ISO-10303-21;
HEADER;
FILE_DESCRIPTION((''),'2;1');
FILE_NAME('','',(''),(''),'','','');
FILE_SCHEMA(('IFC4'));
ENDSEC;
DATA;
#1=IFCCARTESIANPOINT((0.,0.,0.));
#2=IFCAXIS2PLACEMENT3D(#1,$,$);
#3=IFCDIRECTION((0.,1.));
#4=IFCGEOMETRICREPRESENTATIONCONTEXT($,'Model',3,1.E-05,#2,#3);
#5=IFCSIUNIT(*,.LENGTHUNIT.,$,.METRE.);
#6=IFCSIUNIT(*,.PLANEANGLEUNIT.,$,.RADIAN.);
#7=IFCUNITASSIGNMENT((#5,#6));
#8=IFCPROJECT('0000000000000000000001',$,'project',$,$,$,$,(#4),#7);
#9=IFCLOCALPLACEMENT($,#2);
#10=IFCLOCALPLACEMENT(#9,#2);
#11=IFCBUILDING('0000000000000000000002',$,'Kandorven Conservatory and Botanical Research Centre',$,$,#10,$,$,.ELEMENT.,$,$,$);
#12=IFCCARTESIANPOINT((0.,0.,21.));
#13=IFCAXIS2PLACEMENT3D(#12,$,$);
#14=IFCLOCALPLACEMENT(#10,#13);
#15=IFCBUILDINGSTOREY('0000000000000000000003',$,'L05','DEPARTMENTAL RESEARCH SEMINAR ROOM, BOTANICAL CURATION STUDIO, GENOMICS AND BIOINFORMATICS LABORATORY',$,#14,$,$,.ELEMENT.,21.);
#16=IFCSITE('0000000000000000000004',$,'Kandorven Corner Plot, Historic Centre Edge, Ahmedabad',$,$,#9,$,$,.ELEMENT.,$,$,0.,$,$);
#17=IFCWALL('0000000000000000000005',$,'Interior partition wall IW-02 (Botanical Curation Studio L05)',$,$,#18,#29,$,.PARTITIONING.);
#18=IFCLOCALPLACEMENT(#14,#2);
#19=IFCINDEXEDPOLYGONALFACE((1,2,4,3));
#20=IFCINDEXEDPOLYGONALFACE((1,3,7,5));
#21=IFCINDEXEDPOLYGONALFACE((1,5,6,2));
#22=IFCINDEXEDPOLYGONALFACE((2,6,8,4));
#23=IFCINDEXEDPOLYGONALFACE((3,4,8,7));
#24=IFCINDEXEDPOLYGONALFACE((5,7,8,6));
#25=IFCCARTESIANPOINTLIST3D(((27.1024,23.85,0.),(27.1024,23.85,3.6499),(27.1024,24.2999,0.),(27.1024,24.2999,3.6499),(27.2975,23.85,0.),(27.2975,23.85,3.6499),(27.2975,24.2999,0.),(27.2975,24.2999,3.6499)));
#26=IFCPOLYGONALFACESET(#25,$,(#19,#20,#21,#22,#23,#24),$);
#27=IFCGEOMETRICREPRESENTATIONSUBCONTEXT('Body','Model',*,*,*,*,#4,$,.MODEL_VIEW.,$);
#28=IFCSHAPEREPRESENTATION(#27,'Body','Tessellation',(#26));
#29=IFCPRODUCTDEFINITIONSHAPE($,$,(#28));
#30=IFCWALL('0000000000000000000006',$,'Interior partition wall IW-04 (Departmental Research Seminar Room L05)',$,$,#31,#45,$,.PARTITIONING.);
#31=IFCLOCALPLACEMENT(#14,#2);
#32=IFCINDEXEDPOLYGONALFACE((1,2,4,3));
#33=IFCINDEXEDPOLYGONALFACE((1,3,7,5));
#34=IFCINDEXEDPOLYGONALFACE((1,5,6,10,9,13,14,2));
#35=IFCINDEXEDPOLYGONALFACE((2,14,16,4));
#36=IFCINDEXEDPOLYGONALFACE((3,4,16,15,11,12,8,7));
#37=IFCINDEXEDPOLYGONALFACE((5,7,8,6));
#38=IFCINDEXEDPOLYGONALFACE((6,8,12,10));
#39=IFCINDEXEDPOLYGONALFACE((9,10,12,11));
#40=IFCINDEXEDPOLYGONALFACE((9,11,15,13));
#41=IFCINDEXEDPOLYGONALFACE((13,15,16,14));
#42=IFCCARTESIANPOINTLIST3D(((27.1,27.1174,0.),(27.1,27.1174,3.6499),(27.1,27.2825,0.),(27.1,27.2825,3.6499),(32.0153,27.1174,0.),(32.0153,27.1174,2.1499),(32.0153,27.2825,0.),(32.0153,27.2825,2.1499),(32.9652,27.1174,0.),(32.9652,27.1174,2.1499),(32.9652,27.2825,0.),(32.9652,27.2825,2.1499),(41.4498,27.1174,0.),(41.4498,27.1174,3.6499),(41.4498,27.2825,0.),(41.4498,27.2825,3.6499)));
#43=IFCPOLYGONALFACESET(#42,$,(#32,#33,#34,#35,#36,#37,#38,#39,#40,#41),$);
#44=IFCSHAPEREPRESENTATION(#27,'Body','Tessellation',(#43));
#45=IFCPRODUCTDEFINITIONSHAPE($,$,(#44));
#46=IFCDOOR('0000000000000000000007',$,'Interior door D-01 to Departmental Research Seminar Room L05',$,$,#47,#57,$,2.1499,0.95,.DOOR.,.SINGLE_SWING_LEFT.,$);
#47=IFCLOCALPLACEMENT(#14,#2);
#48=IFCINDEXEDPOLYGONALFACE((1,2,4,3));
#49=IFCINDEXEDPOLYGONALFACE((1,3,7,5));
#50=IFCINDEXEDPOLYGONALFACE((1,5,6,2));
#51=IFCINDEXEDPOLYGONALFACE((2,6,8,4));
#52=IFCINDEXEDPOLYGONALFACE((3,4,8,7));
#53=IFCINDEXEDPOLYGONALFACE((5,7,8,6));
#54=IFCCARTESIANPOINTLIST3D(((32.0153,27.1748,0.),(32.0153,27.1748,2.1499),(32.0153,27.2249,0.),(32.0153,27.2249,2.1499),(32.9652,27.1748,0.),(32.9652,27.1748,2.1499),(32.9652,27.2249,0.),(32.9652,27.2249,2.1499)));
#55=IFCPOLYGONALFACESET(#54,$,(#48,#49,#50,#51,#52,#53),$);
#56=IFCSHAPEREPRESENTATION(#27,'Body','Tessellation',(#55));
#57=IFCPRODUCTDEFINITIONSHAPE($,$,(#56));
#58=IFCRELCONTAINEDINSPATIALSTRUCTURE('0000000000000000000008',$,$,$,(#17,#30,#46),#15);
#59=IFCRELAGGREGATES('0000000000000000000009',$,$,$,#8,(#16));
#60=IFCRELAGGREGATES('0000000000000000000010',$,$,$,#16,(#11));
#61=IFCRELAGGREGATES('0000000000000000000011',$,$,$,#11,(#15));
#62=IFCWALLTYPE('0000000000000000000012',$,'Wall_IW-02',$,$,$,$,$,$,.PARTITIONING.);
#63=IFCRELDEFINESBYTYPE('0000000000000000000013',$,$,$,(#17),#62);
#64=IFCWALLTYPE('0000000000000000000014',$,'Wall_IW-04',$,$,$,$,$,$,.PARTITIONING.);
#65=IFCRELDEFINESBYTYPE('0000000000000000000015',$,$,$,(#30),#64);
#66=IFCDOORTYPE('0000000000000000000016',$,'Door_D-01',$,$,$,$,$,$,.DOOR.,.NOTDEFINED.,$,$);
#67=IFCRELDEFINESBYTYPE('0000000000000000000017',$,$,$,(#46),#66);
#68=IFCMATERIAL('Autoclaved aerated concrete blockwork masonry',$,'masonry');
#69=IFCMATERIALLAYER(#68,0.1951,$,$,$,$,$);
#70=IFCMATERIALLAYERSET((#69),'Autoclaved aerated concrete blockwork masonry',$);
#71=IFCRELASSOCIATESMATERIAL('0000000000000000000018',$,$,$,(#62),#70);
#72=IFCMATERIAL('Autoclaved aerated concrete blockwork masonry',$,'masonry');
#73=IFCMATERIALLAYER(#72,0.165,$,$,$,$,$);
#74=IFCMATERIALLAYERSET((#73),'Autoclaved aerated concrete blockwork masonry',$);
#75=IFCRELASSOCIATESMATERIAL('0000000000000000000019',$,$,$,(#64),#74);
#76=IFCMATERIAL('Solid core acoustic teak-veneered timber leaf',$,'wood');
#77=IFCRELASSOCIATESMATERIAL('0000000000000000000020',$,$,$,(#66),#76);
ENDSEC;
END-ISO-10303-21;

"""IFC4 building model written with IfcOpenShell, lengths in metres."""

from ifc_helpers import new_model, si_unit, direction, frame, frame_2d, origin, place, context, subcontext, project, spatial, rectangle, extrude, material, layer, layer_set, type_object, element, fill, save


model = new_model("IFC4")

# Units and contexts
model_context = context("Model", 3, precision=1e-05, world=origin(), true_north=direction((0.0, 1.0)))
body_context = subcontext(model_context, "Body", "Model", "MODEL_VIEW")
ifc_project = project(units=[si_unit("LENGTHUNIT", "METRE"), si_unit("PLANEANGLEUNIT", "RADIAN")], contexts=[model_context])

# Site, building, storey
site_placement = place(None, origin())
site = spatial("IfcSite", under=ifc_project, at=site_placement, Name="Kandorven Corner Plot, Historic Centre Edge, Ahmedabad", CompositionType="ELEMENT", RefElevation=0.0)
building_placement = place(site_placement, origin())
building = spatial("IfcBuilding", under=site, at=building_placement, Name="Kandorven Conservatory and Botanical Research Centre", CompositionType="ELEMENT")
storey_placement = place(building_placement, frame((0.0, 0.0, 21.0)))
storey = spatial("IfcBuildingStorey", under=building, at=storey_placement, Name="L05", Description="DEPARTMENTAL RESEARCH SEMINAR ROOM, BOTANICAL CURATION STUDIO, GENOMICS AND BIOINFORMATICS LABORATORY", CompositionType="ELEMENT", Elevation=21.0)

# Wall
ifc_material_1 = material(Name="Autoclaved aerated concrete blockwork masonry", Category="masonry")
ifc_layer_1 = layer(ifc_material_1, 0.1951)
ifc_layer_set_1 = layer_set([ifc_layer_1], Name="Autoclaved aerated concrete blockwork masonry")
wall_type_1 = type_object("IfcWallType", Name="Wall_IW-02", PredefinedType="PARTITIONING", material=ifc_layer_set_1)
wall_1_placement = place(storey_placement, frame((27.2, 24.3, 0.0), z_axis=(0.0, 0.0, 1.0), x_axis=(0.0, -1.0, 0.0)))
element("IfcWall", 1, at=wall_1_placement, inside=storey, type_object=wall_type_1, Name="Interior partition wall IW-02 (Botanical Curation Studio L05)", PredefinedType="PARTITIONING", context=body_context, shape_type="SweptSolid", body=[
    extrude(rectangle(XDim=0.45, YDim=0.1951, at=frame_2d((0.2251, 0.0))), origin(), (0.0, 0.0, 1.0), 3.6499),
])

# Wall, opening, door
ifc_material_2 = material(Name="Autoclaved aerated concrete blockwork masonry", Category="masonry")
ifc_layer_2 = layer(ifc_material_2, 0.165)
ifc_layer_set_2 = layer_set([ifc_layer_2], Name="Autoclaved aerated concrete blockwork masonry")
wall_type_2 = type_object("IfcWallType", Name="Wall_IW-04", PredefinedType="PARTITIONING", material=ifc_layer_set_2)
wall_2_placement = place(storey_placement, frame((27.1001, 27.2, 0.0), z_axis=(0.0, 0.0, 1.0), x_axis=(1.0, 0.0, 0.0)))
wall_2 = element("IfcWall", 2, at=wall_2_placement, inside=storey, type_object=wall_type_2, Name="Interior partition wall IW-04 (Departmental Research Seminar Room L05)", PredefinedType="PARTITIONING", context=body_context, shape_type="SweptSolid", body=[
    extrude(rectangle(XDim=14.3499, YDim=0.165, at=frame_2d((7.1748, 0.0))), origin(), (0.0, 0.0, 1.0), 3.6499),
])
opening_placement = place(wall_2_placement, frame((4.915, 0.0, 0.0)))
opening = element("IfcOpeningElement", 3, at=opening_placement, cuts=wall_2, PredefinedType="OPENING", context=body_context, shape_type="SweptSolid", body=[
    extrude(rectangle(XDim=0.95, YDim=2.1499, at=frame_2d((0.4751, 1.075))), frame((0.0, 0.0925, 0.0), z_axis=(0.0, -1.0, 0.0), x_axis=(1.0, 0.0, 0.0)), (0.0, 0.0, 1.0), 0.1851),
])
ifc_material_3 = material(Name="Solid core acoustic teak-veneered timber leaf", Category="wood")
door_type = type_object("IfcDoorType", Name="Door_D-01", OperationType="NOTDEFINED", PredefinedType="DOOR", material=ifc_material_3)
door_placement = place(opening_placement, origin())
door = element("IfcDoor", 4, at=door_placement, inside=storey, type_object=door_type, Name="Interior door D-01 to Departmental Research Seminar Room L05", OperationType="SINGLE_SWING_LEFT", OverallHeight=2.1499, OverallWidth=0.95, PredefinedType="DOOR", context=body_context, shape_type="SweptSolid", body=[
    extrude(rectangle(XDim=0.95, YDim=2.1499, at=frame_2d((0.4751, 1.075))), frame((0.0, 0.0249, 0.0), z_axis=(0.0, -1.0, 0.0), x_axis=(1.0, 0.0, 0.0)), (0.0, 0.0, 1.0), 0.05),
])
fill(opening, door)

save(model, "model.ifc")
